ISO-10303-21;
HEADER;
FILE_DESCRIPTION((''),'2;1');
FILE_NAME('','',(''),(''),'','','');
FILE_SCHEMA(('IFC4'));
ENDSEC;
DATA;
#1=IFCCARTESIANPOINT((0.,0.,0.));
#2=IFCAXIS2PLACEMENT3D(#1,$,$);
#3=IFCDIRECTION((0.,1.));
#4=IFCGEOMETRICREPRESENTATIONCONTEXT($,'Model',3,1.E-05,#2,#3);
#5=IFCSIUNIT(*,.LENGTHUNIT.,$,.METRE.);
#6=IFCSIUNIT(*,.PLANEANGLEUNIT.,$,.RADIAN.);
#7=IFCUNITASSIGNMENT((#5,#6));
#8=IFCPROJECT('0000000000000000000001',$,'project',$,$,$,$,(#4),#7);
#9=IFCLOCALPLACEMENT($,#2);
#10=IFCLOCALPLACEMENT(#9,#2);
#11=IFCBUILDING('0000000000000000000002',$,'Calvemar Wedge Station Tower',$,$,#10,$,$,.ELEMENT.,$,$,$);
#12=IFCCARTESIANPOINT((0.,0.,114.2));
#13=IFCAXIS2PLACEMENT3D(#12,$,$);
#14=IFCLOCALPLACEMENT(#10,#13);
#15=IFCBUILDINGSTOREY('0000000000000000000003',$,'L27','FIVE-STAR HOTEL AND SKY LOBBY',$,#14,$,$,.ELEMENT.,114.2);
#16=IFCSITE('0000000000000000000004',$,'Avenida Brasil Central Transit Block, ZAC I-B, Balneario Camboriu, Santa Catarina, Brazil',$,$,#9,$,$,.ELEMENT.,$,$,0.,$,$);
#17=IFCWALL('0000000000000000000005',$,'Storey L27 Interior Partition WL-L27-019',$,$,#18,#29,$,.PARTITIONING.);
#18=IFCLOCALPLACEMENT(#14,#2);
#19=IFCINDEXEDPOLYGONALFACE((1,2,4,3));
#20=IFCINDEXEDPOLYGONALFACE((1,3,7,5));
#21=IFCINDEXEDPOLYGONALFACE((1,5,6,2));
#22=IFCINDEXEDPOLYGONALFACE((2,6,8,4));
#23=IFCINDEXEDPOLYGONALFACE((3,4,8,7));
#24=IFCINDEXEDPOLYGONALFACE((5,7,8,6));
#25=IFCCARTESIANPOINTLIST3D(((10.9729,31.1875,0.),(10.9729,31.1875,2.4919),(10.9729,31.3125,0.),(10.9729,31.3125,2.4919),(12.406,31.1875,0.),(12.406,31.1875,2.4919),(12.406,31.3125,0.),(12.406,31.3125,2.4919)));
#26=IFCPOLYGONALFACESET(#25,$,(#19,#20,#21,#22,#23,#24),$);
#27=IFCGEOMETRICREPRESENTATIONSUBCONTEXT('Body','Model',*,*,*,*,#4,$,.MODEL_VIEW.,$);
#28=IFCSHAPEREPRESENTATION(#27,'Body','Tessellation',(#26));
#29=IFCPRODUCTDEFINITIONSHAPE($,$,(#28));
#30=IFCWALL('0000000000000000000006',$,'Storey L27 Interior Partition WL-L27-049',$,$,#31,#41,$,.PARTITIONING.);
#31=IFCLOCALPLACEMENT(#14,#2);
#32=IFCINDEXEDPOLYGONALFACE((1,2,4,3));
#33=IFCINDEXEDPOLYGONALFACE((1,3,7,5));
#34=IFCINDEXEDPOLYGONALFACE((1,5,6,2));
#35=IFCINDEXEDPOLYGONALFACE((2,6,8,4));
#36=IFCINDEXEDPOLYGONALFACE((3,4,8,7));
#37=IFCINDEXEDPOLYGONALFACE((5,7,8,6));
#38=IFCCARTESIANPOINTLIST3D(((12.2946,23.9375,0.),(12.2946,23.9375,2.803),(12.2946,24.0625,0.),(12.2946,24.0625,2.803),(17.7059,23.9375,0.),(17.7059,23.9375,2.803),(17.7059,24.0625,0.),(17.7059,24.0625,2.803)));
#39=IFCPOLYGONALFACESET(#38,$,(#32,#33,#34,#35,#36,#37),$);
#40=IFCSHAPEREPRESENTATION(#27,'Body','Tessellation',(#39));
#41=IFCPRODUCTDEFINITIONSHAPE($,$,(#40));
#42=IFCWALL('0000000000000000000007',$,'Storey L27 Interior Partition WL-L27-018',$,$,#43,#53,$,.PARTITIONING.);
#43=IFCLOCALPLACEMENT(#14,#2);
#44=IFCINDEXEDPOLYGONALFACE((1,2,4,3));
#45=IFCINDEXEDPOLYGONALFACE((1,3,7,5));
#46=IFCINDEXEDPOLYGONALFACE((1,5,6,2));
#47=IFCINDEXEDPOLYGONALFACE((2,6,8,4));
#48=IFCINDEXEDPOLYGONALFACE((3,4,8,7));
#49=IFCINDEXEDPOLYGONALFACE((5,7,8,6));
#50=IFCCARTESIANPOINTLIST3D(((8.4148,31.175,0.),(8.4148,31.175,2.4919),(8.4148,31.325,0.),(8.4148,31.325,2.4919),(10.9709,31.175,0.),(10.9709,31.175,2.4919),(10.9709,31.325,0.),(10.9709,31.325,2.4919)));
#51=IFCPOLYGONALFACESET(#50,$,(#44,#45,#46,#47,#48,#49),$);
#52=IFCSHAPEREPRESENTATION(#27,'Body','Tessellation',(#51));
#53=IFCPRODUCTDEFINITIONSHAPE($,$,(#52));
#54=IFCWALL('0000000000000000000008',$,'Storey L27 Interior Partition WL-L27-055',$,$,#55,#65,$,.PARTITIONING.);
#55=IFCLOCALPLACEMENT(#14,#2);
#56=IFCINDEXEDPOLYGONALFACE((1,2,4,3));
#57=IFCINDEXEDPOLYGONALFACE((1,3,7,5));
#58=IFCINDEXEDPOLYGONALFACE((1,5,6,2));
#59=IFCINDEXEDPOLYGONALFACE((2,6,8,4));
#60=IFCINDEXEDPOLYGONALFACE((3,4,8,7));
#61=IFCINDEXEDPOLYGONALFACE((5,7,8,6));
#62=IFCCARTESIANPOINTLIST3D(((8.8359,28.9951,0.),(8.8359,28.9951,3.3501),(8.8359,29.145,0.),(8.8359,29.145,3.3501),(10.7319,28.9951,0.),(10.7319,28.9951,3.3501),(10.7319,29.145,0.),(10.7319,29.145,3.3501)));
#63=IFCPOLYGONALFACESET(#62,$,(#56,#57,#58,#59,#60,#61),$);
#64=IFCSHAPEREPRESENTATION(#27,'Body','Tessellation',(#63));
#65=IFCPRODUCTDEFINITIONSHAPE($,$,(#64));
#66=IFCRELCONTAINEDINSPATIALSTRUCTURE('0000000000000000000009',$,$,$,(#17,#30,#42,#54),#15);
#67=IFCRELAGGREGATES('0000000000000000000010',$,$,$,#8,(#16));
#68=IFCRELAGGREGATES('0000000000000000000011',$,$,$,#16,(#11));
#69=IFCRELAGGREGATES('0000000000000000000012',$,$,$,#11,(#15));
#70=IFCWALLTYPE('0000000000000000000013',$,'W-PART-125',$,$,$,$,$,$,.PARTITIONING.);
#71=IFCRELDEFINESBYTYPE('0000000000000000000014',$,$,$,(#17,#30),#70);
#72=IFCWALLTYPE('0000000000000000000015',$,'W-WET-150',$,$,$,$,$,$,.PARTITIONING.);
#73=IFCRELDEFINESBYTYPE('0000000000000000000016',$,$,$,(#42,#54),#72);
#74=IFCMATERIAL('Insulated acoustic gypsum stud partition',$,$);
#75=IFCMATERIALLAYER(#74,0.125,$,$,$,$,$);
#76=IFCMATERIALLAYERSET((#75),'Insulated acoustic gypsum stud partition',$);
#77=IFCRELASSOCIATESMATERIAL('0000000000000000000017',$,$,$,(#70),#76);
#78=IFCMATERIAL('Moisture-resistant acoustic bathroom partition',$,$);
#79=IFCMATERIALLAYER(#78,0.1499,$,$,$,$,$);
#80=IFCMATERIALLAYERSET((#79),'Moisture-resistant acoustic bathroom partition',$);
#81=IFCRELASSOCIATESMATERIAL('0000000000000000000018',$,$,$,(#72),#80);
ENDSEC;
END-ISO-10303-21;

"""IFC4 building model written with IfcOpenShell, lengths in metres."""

from ifc_helpers import new_model, si_unit, direction, frame, frame_2d, origin, place, context, subcontext, project, spatial, rectangle, extrude, material, layer, layer_set, type_object, element, save


model = new_model("IFC4")

# Units and contexts
model_context = context("Model", 3, precision=1e-05, world=origin(), true_north=direction((0.0, 1.0)))
body_context = subcontext(model_context, "Body", "Model", "MODEL_VIEW")
ifc_project = project(units=[si_unit("LENGTHUNIT", "METRE"), si_unit("PLANEANGLEUNIT", "RADIAN")], contexts=[model_context])

# Site, building, storey
site_placement = place(None, origin())
site = spatial("IfcSite", under=ifc_project, at=site_placement, Name="Avenida Brasil Central Transit Block, ZAC I-B, Balneario Camboriu, Santa Catarina, Brazil", CompositionType="ELEMENT", RefElevation=0.0)
building_placement = place(site_placement, origin())
building = spatial("IfcBuilding", under=site, at=building_placement, Name="Calvemar Wedge Station Tower", CompositionType="ELEMENT")
storey_placement = place(building_placement, frame((0.0, 0.0, 114.2)))
storey = spatial("IfcBuildingStorey", under=building, at=storey_placement, Name="L27", Description="FIVE-STAR HOTEL AND SKY LOBBY", CompositionType="ELEMENT", Elevation=114.2)

# Walls
ifc_material_1 = material(Name="Insulated acoustic gypsum stud partition")
ifc_layer_1 = layer(ifc_material_1, 0.125)
ifc_layer_set_1 = layer_set([ifc_layer_1], Name="Insulated acoustic gypsum stud partition")
wall_type_1 = type_object("IfcWallType", Name="W-PART-125", PredefinedType="PARTITIONING", material=ifc_layer_set_1)
wall_1_placement = place(storey_placement, frame((12.406, 31.25, 0.0), z_axis=(0.0, 0.0, 1.0), x_axis=(-1.0, 0.0, 0.0)))
element("IfcWall", 1, at=wall_1_placement, inside=storey, type_object=wall_type_1, Name="Storey L27 Interior Partition WL-L27-019", PredefinedType="PARTITIONING", context=body_context, shape_type="SweptSolid", body=[
    extrude(rectangle(XDim=1.4331, YDim=0.125, at=frame_2d((0.7166, 0.0))), origin(), (0.0, 0.0, 1.0), 2.4919),
])
wall_2_placement = place(storey_placement, frame((12.2947, 24.0, 0.0), z_axis=(0.0, 0.0, 1.0), x_axis=(1.0, 0.0, 0.0)))
element("IfcWall", 2, at=wall_2_placement, inside=storey, type_object=wall_type_1, Name="Storey L27 Interior Partition WL-L27-049", PredefinedType="PARTITIONING", context=body_context, shape_type="SweptSolid", body=[
    extrude(rectangle(XDim=5.4114, YDim=0.125, at=frame_2d((2.7056, 0.0))), origin(), (0.0, 0.0, 1.0), 2.803),
])
ifc_material_2 = material(Name="Moisture-resistant acoustic bathroom partition")
ifc_layer_2 = layer(ifc_material_2, 0.1499)
ifc_layer_set_2 = layer_set([ifc_layer_2], Name="Moisture-resistant acoustic bathroom partition")
wall_type_2 = type_object("IfcWallType", Name="W-WET-150", PredefinedType="PARTITIONING", material=ifc_layer_set_2)
wall_3_placement = place(storey_placement, frame((10.9709, 31.25, 0.0), z_axis=(0.0, 0.0, 1.0), x_axis=(-1.0, 0.0, 0.0)))
element("IfcWall", 3, at=wall_3_placement, inside=storey, type_object=wall_type_2, Name="Storey L27 Interior Partition WL-L27-018", PredefinedType="PARTITIONING", context=body_context, shape_type="SweptSolid", body=[
    extrude(rectangle(XDim=2.5562, YDim=0.1499, at=frame_2d((1.2781, 0.0))), origin(), (0.0, 0.0, 1.0), 2.4919),
])

# Wall
wall_4_placement = place(storey_placement, frame((10.7319, 29.0701, 0.0), z_axis=(0.0, 0.0, 1.0), x_axis=(-1.0, 0.0, 0.0)))
element("IfcWall", 4, at=wall_4_placement, inside=storey, type_object=wall_type_2, Name="Storey L27 Interior Partition WL-L27-055", PredefinedType="PARTITIONING", context=body_context, shape_type="SweptSolid", body=[
    extrude(rectangle(XDim=1.896, YDim=0.1499, at=frame_2d((0.948, 0.0))), origin(), (0.0, 0.0, 1.0), 3.3501),
])

save(model, "model.ifc")
